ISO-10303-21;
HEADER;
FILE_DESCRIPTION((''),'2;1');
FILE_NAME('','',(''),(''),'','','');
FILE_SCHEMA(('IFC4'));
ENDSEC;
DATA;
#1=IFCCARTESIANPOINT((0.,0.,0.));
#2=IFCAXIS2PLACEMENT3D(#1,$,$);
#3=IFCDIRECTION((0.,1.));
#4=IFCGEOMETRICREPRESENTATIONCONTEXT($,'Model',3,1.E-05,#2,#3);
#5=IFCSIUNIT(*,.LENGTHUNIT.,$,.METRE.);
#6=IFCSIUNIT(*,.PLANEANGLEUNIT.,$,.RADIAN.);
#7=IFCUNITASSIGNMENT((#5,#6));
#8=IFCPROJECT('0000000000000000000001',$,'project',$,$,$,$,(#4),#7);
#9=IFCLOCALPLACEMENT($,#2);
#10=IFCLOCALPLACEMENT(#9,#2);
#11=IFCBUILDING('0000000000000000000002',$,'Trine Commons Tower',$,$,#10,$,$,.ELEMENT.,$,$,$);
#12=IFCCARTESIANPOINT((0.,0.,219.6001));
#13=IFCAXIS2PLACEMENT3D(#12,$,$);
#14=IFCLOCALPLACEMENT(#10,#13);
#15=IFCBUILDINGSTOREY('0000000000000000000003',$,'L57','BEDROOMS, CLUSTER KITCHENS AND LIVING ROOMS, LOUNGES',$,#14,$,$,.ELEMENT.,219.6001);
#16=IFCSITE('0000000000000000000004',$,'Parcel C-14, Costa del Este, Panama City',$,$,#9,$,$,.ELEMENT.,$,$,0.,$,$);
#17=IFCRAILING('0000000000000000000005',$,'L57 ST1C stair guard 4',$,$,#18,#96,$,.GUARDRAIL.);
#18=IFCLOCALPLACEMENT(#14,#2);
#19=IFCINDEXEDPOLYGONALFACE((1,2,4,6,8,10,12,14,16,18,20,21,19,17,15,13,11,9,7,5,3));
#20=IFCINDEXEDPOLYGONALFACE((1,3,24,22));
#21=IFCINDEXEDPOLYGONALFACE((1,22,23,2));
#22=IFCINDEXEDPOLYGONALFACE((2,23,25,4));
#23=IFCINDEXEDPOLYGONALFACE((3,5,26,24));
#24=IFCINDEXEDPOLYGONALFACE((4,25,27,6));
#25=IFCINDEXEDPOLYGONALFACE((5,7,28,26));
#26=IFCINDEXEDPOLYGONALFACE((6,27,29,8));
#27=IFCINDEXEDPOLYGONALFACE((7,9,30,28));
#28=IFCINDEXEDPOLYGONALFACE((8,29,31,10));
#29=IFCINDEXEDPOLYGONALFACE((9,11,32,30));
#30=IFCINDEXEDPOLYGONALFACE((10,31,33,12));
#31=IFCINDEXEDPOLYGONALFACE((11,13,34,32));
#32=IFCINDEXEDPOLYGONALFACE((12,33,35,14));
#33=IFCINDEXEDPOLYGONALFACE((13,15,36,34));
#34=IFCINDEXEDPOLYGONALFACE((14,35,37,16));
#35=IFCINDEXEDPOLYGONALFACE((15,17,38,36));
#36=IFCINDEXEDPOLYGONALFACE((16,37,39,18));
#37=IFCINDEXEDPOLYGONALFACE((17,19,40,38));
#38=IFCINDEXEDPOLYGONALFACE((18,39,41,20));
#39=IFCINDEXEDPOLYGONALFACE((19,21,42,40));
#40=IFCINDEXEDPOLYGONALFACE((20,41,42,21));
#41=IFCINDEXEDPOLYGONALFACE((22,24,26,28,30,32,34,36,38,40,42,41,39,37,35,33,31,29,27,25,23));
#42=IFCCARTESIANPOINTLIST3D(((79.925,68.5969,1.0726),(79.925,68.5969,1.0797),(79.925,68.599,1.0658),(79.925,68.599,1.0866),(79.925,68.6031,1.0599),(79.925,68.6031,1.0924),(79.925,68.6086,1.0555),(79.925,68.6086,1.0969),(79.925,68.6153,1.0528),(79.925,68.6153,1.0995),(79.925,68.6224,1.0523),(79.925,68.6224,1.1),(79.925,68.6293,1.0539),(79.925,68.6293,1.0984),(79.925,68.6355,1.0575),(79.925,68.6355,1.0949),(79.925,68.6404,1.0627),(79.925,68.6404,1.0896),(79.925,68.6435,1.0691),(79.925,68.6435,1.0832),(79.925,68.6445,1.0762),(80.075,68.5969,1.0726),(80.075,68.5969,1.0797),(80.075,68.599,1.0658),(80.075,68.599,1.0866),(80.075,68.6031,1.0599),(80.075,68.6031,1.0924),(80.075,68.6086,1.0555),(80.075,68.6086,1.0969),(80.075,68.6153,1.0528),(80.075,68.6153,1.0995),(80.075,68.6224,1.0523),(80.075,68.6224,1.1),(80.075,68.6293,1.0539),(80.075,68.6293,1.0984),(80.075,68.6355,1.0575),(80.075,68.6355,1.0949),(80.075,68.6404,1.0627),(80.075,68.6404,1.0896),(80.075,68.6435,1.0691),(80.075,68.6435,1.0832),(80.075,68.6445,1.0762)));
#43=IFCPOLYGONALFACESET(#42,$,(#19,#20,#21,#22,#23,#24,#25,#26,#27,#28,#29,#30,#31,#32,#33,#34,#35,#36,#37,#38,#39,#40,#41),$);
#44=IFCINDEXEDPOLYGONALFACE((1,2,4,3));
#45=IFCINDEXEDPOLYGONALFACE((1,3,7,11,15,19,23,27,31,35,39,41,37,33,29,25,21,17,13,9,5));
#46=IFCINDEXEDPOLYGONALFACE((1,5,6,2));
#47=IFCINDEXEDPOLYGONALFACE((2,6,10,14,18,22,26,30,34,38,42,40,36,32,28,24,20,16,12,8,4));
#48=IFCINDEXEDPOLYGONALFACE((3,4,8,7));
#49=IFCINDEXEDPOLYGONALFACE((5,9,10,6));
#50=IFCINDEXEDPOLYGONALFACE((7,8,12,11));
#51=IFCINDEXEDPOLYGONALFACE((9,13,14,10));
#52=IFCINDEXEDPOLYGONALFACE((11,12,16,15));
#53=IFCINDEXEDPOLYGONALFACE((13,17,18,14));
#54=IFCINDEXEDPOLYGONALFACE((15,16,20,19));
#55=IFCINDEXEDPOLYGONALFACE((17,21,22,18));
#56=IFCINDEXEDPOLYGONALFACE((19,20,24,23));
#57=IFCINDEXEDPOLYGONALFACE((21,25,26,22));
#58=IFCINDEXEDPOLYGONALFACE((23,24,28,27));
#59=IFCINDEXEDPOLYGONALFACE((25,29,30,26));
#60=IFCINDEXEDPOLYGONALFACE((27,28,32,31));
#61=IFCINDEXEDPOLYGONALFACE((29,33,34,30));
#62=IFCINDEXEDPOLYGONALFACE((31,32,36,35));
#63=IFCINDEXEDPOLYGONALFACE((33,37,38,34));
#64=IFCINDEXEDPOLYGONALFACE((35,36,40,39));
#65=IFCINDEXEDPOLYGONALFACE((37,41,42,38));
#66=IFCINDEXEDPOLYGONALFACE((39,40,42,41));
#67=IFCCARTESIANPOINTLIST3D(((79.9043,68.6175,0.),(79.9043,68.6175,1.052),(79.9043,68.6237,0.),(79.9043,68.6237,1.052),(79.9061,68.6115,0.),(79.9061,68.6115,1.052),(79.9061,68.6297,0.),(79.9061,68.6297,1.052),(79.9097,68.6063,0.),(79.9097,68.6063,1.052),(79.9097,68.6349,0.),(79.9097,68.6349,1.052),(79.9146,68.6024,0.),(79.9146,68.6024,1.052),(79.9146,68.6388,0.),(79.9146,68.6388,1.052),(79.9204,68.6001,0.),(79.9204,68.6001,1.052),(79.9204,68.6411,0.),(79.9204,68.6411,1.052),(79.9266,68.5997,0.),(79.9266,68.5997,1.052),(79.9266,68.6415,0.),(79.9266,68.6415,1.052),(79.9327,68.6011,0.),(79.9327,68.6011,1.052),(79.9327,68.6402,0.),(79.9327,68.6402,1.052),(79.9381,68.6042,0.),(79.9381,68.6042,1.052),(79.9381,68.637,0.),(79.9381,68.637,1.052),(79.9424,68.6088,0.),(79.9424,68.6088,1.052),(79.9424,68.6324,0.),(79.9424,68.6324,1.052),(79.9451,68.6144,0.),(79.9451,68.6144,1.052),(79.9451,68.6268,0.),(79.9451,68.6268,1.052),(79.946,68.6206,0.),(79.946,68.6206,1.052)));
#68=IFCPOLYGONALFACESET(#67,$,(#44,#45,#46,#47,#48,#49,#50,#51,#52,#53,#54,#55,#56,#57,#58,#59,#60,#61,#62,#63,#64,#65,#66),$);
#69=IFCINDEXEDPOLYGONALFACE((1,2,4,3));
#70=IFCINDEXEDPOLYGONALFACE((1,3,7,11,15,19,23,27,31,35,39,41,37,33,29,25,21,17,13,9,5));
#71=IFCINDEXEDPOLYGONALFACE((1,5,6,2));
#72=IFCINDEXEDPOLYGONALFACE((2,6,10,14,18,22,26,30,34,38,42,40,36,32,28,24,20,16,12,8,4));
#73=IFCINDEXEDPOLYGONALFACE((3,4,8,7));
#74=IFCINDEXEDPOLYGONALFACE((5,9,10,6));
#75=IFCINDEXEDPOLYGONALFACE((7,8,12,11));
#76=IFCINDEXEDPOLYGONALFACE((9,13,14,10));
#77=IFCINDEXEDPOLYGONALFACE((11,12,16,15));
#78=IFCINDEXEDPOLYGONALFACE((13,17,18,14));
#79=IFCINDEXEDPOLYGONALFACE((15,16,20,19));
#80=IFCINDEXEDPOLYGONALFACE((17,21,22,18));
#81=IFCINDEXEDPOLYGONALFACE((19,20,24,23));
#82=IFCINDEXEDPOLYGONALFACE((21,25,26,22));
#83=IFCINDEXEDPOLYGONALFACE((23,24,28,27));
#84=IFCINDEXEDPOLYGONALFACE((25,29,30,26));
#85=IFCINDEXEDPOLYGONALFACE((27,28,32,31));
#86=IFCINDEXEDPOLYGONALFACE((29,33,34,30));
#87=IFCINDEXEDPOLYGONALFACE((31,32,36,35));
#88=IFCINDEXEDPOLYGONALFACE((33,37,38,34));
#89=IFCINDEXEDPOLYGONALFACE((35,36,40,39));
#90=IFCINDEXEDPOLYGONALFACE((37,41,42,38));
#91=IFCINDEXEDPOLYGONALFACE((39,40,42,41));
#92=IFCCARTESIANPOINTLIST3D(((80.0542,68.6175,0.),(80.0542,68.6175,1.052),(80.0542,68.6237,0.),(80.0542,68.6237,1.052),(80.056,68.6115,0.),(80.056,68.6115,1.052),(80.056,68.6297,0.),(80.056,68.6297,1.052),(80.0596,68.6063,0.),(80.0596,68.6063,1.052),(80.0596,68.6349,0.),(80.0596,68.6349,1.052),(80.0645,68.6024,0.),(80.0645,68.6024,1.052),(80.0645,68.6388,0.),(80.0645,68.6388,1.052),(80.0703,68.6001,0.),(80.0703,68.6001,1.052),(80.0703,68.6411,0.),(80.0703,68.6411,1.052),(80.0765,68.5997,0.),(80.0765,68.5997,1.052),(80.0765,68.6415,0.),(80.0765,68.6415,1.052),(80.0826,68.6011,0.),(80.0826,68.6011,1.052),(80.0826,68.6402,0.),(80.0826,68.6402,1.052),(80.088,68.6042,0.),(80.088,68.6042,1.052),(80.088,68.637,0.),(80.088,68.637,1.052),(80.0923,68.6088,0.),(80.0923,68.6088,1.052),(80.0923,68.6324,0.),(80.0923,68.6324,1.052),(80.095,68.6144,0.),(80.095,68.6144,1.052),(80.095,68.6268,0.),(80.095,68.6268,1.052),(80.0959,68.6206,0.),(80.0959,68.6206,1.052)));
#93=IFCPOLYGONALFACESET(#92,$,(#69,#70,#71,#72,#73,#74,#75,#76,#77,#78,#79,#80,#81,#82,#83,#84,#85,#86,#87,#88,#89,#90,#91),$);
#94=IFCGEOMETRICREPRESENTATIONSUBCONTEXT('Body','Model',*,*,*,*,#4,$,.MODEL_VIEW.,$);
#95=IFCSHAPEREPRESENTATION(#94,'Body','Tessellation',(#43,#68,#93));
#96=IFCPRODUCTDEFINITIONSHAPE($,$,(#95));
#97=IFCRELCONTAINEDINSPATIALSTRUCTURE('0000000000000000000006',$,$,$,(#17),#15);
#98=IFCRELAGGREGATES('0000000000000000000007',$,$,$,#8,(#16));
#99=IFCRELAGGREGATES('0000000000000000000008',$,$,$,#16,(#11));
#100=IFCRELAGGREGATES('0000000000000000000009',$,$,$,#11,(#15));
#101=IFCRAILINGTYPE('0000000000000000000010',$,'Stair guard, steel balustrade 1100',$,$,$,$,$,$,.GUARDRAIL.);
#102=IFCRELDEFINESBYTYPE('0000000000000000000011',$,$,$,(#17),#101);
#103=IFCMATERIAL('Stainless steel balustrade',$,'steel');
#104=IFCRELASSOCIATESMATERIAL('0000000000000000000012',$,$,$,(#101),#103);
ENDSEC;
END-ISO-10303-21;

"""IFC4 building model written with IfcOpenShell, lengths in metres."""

from ifc_helpers import new_model, si_unit, direction, frame, origin, origin_2d, place, context, subcontext, project, spatial, circle, extrude, material, type_object, element, save


model = new_model("IFC4")

# Units and contexts
model_context = context("Model", 3, precision=1e-05, world=origin(), true_north=direction((0.0, 1.0)))
body_context = subcontext(model_context, "Body", "Model", "MODEL_VIEW")
ifc_project = project(units=[si_unit("LENGTHUNIT", "METRE"), si_unit("PLANEANGLEUNIT", "RADIAN")], contexts=[model_context])

# Site, building, storey
site_placement = place(None, origin())
site = spatial("IfcSite", under=ifc_project, at=site_placement, Name="Parcel C-14, Costa del Este, Panama City", CompositionType="ELEMENT", RefElevation=0.0)
building_placement = place(site_placement, origin())
building = spatial("IfcBuilding", under=site, at=building_placement, Name="Trine Commons Tower", CompositionType="ELEMENT")
storey_placement = place(building_placement, frame((0.0, 0.0, 219.6001)))
storey = spatial("IfcBuildingStorey", under=building, at=storey_placement, Name="L57", Description="BEDROOMS, CLUSTER KITCHENS AND LIVING ROOMS, LOUNGES", CompositionType="ELEMENT", Elevation=219.6001)

# Railing
ifc_material_1 = material(Name="Stainless steel balustrade", Category="steel")
railing_type_1 = type_object("IfcRailingType", Name="Stair guard, steel balustrade 1100", PredefinedType="GUARDRAIL", material=ifc_material_1)
railing_1_placement = place(storey_placement, frame((79.925, 68.6206, 0.0)))
element("IfcRailing", 1, at=railing_1_placement, inside=storey, type_object=railing_type_1, Name="L57 ST1C stair guard 4", PredefinedType="GUARDRAIL", context=body_context, shape_type="SweptSolid", body=[
    extrude(circle(Radius=0.0239, at=origin_2d()), frame((0.0, 0.0, 1.0762), z_axis=(1.0, 0.0, 0.0), x_axis=(0.0, 1.0, 0.0)), (0.0, 0.0, 1.0), 0.1499),
    extrude(circle(Radius=0.021, at=origin_2d()), origin(), (0.0, 0.0, 1.0), 1.052),
    extrude(circle(Radius=0.021, at=origin_2d()), frame((0.1499, 0.0, 0.0)), (0.0, 0.0, 1.0), 1.052),
])

save(model, "model.ifc")
